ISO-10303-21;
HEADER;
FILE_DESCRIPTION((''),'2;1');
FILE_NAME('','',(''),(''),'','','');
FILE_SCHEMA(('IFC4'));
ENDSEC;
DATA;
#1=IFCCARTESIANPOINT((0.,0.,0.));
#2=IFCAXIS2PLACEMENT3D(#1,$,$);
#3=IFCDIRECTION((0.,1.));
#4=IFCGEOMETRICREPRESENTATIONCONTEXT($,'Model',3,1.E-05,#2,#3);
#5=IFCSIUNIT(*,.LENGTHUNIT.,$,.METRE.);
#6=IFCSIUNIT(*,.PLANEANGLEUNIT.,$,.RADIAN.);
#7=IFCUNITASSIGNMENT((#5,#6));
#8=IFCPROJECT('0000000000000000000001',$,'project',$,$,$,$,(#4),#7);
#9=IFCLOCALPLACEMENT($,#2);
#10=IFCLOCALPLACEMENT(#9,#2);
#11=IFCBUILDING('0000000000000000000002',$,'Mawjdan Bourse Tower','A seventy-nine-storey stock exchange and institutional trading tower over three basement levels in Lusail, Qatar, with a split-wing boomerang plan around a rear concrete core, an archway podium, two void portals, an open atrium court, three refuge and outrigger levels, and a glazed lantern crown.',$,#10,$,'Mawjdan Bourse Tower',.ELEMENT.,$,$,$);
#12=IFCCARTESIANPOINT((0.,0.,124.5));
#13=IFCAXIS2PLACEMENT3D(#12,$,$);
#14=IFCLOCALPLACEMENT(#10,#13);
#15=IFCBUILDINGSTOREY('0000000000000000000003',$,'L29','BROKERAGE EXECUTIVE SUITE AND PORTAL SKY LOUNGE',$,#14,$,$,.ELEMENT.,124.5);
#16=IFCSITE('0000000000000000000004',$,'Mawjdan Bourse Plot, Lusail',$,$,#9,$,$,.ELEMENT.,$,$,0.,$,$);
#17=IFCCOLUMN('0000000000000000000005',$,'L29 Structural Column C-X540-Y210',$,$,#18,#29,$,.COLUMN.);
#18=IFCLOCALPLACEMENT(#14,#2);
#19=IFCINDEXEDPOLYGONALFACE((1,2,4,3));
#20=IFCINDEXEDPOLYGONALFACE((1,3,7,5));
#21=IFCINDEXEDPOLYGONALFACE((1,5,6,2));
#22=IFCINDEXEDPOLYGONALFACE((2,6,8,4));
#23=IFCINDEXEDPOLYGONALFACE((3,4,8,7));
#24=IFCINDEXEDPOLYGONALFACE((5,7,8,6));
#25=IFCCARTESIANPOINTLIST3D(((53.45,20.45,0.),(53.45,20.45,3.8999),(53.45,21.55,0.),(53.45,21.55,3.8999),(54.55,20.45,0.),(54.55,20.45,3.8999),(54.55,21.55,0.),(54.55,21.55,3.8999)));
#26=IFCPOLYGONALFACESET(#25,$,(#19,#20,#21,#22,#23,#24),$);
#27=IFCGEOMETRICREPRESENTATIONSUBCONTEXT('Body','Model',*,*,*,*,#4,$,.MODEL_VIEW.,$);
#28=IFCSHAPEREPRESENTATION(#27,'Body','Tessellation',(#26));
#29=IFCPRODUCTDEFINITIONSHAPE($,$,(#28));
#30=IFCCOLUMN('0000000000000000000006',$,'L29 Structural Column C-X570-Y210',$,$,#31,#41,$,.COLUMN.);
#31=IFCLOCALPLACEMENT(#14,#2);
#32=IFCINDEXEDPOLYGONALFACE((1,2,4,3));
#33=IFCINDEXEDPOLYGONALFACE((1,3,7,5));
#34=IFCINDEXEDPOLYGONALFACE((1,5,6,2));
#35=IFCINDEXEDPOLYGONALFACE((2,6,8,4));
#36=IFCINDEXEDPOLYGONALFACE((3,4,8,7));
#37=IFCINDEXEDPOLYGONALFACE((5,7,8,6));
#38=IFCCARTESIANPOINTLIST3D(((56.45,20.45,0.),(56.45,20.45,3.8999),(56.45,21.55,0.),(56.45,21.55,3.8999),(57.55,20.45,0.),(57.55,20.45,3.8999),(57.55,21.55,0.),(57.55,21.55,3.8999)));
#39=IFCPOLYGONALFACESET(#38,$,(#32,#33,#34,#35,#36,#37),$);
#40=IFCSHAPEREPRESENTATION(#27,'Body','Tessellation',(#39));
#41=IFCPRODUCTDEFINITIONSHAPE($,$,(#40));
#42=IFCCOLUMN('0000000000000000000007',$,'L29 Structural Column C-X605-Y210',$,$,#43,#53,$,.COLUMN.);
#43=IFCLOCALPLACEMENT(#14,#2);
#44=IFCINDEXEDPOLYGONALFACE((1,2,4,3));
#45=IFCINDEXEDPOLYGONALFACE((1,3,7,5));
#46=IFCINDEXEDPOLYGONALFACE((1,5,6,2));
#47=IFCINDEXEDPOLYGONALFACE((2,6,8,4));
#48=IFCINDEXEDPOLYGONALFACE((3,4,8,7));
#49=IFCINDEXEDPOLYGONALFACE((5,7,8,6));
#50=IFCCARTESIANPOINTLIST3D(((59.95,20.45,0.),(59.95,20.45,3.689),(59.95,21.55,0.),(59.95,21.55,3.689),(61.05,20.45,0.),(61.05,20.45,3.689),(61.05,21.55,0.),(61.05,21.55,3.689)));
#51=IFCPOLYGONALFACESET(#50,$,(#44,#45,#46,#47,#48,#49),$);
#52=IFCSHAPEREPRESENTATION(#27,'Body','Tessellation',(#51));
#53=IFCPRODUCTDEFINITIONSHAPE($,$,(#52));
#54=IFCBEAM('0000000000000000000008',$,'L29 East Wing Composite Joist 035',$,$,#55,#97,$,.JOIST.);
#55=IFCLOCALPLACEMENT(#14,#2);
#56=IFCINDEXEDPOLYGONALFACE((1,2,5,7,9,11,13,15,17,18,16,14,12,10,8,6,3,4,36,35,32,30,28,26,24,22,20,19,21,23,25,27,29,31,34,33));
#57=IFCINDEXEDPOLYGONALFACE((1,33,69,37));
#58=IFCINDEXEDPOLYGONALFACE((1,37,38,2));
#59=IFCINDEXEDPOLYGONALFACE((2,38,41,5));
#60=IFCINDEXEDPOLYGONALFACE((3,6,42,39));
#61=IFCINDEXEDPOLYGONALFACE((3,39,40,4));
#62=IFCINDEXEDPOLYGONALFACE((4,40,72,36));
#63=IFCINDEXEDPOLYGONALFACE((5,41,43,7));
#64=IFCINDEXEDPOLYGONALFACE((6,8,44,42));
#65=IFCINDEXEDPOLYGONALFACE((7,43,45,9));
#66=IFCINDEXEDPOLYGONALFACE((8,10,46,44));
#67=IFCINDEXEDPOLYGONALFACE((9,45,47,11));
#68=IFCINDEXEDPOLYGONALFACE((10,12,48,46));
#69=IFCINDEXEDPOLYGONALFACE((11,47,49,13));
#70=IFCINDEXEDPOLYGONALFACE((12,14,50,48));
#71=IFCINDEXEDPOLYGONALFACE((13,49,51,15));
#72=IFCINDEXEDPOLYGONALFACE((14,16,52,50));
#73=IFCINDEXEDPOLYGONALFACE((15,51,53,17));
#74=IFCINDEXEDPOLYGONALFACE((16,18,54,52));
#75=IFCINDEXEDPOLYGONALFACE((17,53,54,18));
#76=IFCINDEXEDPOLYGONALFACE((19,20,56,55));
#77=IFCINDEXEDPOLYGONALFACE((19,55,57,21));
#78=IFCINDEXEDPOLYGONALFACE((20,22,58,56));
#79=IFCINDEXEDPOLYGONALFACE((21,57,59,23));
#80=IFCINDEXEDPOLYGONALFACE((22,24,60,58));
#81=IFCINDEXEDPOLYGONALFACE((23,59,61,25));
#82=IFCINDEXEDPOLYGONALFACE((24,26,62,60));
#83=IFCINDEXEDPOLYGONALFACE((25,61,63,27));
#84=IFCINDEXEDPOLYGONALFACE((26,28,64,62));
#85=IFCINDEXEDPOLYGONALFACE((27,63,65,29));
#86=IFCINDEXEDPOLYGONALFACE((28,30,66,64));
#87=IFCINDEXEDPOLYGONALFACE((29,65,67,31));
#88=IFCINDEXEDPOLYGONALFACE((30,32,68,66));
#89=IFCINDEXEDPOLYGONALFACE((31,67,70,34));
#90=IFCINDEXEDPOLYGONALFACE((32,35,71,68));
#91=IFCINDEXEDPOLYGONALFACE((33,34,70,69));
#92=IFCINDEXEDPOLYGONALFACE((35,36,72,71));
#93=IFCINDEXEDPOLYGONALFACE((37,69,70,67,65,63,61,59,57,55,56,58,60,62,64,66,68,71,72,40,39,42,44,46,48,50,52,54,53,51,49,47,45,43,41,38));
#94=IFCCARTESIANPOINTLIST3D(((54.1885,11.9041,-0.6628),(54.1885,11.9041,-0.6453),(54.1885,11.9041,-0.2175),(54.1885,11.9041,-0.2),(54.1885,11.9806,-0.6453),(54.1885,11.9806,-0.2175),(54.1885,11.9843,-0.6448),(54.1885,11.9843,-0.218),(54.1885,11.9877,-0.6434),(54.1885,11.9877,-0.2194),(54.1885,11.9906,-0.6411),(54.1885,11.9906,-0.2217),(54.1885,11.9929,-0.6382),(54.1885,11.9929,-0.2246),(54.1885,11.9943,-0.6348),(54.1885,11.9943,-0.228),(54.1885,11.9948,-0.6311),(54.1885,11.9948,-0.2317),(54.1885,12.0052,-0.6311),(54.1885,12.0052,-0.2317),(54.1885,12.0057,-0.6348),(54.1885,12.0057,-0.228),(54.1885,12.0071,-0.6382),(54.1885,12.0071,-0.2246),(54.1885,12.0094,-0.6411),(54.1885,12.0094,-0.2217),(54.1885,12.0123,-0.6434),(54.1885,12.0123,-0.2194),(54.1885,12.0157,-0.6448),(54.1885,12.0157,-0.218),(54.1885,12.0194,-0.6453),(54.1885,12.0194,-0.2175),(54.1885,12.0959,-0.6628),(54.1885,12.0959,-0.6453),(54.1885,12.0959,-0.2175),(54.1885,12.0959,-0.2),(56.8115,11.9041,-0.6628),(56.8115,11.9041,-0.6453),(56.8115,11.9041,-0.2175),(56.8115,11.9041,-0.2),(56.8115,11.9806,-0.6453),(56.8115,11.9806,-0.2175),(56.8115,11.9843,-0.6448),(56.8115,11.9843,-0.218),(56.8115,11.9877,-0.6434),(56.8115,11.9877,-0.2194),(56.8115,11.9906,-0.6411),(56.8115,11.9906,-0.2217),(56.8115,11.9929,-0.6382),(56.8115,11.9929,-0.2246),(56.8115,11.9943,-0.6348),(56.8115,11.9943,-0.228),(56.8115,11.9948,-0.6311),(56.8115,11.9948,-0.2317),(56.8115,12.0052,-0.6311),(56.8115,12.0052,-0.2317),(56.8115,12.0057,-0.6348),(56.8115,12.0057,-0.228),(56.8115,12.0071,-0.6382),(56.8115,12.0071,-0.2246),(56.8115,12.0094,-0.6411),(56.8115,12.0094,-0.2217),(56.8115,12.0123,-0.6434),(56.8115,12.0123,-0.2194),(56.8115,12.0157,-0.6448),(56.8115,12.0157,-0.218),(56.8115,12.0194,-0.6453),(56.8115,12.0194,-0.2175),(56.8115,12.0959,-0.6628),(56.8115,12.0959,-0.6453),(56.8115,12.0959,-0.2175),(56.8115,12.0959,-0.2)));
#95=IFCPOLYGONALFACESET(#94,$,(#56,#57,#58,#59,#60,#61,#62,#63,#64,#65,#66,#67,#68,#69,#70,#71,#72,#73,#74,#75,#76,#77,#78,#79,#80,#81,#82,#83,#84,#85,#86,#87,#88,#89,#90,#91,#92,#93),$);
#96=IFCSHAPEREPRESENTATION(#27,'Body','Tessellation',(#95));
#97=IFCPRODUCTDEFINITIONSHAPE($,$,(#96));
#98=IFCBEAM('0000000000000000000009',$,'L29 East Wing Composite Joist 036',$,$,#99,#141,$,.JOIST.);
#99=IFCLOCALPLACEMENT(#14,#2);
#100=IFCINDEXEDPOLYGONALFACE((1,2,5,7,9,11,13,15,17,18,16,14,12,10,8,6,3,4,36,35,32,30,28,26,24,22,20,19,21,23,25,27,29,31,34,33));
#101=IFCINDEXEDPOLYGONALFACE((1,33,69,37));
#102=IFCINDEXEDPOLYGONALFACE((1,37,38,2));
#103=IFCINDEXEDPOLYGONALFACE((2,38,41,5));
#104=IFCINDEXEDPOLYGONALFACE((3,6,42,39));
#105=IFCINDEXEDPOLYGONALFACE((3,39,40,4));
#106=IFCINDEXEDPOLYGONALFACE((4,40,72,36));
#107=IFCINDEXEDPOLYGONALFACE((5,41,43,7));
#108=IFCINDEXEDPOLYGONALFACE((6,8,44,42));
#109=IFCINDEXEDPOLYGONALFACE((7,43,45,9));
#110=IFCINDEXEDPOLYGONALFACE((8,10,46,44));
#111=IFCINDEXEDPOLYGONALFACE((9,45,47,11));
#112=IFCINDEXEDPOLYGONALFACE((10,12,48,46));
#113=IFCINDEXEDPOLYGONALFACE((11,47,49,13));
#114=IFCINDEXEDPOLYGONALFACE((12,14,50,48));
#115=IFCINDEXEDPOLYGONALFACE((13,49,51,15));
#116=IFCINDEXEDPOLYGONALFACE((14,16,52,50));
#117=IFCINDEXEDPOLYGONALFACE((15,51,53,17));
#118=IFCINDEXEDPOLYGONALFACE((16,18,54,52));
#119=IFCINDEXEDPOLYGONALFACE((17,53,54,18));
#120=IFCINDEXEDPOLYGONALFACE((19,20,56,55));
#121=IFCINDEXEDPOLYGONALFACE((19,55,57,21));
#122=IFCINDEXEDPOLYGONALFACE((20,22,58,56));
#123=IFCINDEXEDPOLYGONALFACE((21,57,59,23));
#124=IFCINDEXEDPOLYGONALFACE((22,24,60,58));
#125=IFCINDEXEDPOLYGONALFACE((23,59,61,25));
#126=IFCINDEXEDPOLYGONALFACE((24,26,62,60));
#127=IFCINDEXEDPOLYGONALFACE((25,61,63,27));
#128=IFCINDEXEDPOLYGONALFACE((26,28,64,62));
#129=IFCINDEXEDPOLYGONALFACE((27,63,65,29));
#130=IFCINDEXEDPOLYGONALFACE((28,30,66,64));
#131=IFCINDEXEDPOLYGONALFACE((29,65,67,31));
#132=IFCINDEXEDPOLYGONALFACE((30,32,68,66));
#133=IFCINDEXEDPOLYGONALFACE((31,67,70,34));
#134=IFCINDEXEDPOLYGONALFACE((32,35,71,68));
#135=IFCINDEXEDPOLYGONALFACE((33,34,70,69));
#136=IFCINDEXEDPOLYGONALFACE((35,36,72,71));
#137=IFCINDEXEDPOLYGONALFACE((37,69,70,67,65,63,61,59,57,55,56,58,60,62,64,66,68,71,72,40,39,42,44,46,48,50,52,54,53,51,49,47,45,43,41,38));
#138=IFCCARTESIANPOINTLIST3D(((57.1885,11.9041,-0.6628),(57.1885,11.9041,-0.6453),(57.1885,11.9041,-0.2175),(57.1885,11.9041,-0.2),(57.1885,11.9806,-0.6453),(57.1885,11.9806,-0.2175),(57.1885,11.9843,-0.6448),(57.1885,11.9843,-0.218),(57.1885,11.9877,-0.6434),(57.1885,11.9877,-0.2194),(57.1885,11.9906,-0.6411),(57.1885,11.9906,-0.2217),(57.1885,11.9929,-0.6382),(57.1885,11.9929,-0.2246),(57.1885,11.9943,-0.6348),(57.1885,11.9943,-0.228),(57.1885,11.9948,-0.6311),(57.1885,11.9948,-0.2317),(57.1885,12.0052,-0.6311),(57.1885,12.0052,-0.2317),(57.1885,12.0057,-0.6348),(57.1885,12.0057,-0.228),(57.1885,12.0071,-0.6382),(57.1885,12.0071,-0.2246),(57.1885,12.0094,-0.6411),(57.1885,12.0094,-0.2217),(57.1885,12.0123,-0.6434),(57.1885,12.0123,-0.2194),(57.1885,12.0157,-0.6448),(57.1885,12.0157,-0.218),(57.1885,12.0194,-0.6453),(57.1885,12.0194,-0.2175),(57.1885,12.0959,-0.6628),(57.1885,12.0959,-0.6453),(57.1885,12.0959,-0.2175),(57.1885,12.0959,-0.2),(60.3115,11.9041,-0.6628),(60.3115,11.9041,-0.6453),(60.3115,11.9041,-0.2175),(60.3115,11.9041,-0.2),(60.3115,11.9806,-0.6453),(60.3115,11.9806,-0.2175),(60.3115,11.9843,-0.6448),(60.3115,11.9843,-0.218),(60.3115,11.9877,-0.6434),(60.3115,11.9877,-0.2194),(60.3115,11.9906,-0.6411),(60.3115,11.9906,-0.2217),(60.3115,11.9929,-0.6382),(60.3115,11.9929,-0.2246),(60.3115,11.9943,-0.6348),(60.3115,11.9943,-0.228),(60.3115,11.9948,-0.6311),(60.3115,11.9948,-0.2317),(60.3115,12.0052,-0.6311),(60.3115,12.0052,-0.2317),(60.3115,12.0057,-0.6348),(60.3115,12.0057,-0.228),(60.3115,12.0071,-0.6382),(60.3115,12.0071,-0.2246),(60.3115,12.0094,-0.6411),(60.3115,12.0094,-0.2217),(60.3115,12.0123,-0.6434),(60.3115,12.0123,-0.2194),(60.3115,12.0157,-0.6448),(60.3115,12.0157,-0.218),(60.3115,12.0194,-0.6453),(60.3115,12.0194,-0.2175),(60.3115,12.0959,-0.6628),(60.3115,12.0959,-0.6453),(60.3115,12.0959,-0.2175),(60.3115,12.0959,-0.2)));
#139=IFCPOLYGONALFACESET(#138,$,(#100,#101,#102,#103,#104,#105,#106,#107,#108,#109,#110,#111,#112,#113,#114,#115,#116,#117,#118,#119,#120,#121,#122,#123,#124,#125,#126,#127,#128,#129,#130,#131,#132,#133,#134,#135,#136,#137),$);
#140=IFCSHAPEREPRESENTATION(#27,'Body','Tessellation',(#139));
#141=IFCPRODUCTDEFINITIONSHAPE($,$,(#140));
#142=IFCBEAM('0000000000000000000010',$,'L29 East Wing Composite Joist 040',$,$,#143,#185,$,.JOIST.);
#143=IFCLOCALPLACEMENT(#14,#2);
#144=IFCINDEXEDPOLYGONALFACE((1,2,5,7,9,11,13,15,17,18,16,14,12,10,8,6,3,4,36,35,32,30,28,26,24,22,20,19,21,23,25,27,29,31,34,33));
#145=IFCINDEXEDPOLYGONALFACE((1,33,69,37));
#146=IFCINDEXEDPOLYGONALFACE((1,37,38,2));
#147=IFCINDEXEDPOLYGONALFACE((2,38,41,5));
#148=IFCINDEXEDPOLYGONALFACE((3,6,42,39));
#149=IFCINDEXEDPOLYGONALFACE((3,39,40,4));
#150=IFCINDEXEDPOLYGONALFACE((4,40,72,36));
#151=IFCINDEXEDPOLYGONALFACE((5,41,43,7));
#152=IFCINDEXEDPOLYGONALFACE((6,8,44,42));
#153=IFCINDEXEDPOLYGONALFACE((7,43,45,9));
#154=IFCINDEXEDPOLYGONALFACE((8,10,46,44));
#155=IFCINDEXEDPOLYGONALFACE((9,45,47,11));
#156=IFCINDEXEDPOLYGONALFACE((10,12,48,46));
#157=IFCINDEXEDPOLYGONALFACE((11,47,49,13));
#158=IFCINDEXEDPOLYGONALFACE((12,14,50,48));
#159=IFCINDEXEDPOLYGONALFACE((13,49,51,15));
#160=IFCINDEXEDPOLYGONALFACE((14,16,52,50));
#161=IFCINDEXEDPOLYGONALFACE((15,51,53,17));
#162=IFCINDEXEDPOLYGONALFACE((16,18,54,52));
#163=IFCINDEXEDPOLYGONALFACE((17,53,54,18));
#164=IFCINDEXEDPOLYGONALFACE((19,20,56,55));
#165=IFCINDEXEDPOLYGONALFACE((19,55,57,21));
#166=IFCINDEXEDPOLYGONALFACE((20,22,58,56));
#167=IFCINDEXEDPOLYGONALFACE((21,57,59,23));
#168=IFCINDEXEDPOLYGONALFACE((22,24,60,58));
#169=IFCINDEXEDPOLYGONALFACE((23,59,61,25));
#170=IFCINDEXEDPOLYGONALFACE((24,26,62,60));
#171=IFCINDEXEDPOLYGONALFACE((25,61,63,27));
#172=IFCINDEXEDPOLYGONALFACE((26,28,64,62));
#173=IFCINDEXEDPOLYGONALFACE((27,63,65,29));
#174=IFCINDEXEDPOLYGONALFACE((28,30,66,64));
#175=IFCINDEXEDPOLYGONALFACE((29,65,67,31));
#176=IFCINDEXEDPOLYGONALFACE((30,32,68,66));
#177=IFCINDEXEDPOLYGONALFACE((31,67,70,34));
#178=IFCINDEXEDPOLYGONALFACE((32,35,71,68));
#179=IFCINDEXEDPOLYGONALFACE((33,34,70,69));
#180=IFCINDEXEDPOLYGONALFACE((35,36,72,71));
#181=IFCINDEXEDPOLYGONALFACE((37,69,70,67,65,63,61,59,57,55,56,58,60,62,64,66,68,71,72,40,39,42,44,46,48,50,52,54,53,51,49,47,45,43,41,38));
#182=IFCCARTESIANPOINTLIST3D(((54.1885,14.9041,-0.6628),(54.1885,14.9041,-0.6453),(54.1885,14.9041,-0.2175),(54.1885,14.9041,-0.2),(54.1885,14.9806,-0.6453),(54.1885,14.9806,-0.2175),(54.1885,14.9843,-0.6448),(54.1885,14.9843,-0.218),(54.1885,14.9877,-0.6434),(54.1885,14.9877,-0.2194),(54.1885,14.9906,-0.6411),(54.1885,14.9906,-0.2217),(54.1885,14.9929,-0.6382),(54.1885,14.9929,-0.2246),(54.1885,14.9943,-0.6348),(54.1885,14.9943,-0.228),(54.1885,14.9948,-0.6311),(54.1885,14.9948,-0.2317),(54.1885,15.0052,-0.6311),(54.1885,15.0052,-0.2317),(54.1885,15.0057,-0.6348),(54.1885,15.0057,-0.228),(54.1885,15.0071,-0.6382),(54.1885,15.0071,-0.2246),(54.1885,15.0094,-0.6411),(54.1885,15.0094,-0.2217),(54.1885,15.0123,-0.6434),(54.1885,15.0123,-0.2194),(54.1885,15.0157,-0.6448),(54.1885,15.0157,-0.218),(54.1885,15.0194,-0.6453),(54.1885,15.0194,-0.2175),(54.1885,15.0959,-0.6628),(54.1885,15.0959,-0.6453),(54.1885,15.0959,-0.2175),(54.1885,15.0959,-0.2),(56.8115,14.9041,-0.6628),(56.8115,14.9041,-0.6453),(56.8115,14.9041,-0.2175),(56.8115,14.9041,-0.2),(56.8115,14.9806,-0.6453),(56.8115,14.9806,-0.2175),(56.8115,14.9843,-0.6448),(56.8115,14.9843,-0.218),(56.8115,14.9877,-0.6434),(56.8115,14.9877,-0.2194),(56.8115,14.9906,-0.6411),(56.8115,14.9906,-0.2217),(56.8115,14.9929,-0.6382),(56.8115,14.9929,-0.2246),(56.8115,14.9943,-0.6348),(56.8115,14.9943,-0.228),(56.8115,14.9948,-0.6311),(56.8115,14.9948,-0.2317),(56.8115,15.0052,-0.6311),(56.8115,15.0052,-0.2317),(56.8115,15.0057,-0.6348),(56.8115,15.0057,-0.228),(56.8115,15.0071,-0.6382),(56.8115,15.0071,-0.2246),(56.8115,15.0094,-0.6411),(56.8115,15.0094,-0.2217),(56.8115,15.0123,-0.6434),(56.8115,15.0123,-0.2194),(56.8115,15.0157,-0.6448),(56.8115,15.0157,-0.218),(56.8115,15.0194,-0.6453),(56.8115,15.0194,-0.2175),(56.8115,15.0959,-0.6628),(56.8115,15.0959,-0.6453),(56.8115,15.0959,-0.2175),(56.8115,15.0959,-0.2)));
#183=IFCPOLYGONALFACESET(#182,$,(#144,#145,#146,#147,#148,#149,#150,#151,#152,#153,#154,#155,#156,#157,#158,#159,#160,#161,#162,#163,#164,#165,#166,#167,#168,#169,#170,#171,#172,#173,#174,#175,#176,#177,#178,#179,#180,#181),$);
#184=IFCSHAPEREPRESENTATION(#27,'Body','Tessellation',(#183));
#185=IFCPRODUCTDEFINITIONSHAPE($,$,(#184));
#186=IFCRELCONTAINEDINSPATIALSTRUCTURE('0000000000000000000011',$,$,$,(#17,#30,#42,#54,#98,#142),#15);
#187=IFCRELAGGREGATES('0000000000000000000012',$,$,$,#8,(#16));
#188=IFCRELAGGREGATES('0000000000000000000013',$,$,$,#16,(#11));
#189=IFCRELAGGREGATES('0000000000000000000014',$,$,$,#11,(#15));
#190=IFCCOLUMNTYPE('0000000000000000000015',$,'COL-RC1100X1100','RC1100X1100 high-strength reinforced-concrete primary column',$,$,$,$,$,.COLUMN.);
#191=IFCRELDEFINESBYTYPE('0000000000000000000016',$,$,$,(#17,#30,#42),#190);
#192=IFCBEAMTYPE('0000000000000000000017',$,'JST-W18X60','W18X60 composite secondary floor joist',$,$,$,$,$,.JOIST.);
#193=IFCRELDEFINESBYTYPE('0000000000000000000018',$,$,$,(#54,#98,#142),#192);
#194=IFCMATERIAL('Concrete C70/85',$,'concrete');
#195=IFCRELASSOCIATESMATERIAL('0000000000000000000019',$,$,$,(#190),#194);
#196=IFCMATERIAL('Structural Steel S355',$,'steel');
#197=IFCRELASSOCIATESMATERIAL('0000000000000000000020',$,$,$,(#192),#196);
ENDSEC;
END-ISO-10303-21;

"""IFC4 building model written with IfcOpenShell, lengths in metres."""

from ifc_helpers import new_model, si_unit, direction, frame, origin, origin_2d, place, context, subcontext, project, spatial, rectangle, i_section, extrude, material, material_profile, profile_set, type_object, element, save


model = new_model("IFC4")

# Units and contexts
model_context = context("Model", 3, precision=1e-05, world=origin(), true_north=direction((0.0, 1.0)))
body_context = subcontext(model_context, "Body", "Model", "MODEL_VIEW")
ifc_project = project(units=[si_unit("LENGTHUNIT", "METRE"), si_unit("PLANEANGLEUNIT", "RADIAN")], contexts=[model_context])

# Site, building, storey
site_placement = place(None, origin())
site = spatial("IfcSite", under=ifc_project, at=site_placement, Name="Mawjdan Bourse Plot, Lusail", CompositionType="ELEMENT", RefElevation=0.0)
building_placement = place(site_placement, origin())
building = spatial("IfcBuilding", under=site, at=building_placement, Name="Mawjdan Bourse Tower", Description="A seventy-nine-storey stock exchange and institutional trading tower over three basement levels in Lusail, Qatar, with a split-wing boomerang plan around a rear concrete core, an archway podium, two void portals, an open atrium court, three refuge and outrigger levels, and a glazed lantern crown.", LongName="Mawjdan Bourse Tower", CompositionType="ELEMENT")
storey_placement = place(building_placement, frame((0.0, 0.0, 124.5)))
storey = spatial("IfcBuildingStorey", under=building, at=storey_placement, Name="L29", Description="BROKERAGE EXECUTIVE SUITE AND PORTAL SKY LOUNGE", CompositionType="ELEMENT", Elevation=124.5)

# Columns
ifc_material_1 = material(Name="Concrete C70/85", Category="concrete")
ifc_material_profile_1 = material_profile(ifc_material_1, rectangle(XDim=1.1001, YDim=1.1001, at=origin_2d()), Name="RC1100X1100")
ifc_profile_set_1 = profile_set([ifc_material_profile_1], Name="Concrete C70/85")
column_type = type_object("IfcColumnType", Name="COL-RC1100X1100", Description="RC1100X1100 high-strength reinforced-concrete primary column", PredefinedType="COLUMN", material=ifc_profile_set_1)
for number, where, z_axis, x_axis, name in (
    (1, (54.0, 21.0, 0.0), (0.0, 0.0, 1.0), (1.0, 0.0, 0.0), "L29 Structural Column C-X540-Y210"),
    (2, (57.0, 21.0, 0.0), (0.0, 0.0, 1.0), (1.0, 0.0, 0.0), "L29 Structural Column C-X570-Y210"),
):
    element("IfcColumn", number, at=place(storey_placement, frame(where, z_axis=z_axis, x_axis=x_axis)), inside=storey, type_object=column_type, Name=name, PredefinedType="COLUMN", context=body_context, shape_type="SweptSolid", body=[
        extrude(rectangle(XDim=1.1001, YDim=1.1001, at=origin_2d()), origin(), (0.0, 0.0, 1.0), 3.8999),
    ])
column_placement = place(storey_placement, frame((60.5, 21.0, 0.0), z_axis=(0.0, 0.0, 1.0), x_axis=(1.0, 0.0, 0.0)))
element("IfcColumn", 3, at=column_placement, inside=storey, type_object=column_type, Name="L29 Structural Column C-X605-Y210", PredefinedType="COLUMN", context=body_context, shape_type="SweptSolid", body=[
    extrude(rectangle(XDim=1.1001, YDim=1.1001, at=origin_2d()), origin(), (0.0, 0.0, 1.0), 3.689),
])

# Beams
ifc_material_2 = material(Name="Structural Steel S355", Category="steel")
ifc_material_profile_2 = material_profile(ifc_material_2, i_section(OverallWidth=0.1919, OverallDepth=0.4629, WebThickness=0.0105, FlangeThickness=0.0176, FilletRadius=0.0142, at=origin_2d()), Name="W18X60")
ifc_profile_set_2 = profile_set([ifc_material_profile_2], Name="Structural Steel S355")
beam_type_1 = type_object("IfcBeamType", Name="JST-W18X60", Description="W18X60 composite secondary floor joist", PredefinedType="JOIST", material=ifc_profile_set_2)
beam_1_placement = place(storey_placement, frame((54.1885, 12.0, -0.4314), z_axis=(1.0, 0.0, 0.0), x_axis=(0.0, 1.0, 0.0)))
element("IfcBeam", 4, at=beam_1_placement, inside=storey, type_object=beam_type_1, Name="L29 East Wing Composite Joist 035", PredefinedType="JOIST", context=body_context, shape_type="SweptSolid", body=[
    extrude(i_section(OverallWidth=0.1919, OverallDepth=0.4629, WebThickness=0.0105, FlangeThickness=0.0176, FilletRadius=0.0142, at=origin_2d()), origin(), (0.0, 0.0, 1.0), 2.623),
])
beam_2_placement = place(storey_placement, frame((57.1885, 12.0, -0.4314), z_axis=(1.0, 0.0, 0.0), x_axis=(0.0, 1.0, 0.0)))
element("IfcBeam", 5, at=beam_2_placement, inside=storey, type_object=beam_type_1, Name="L29 East Wing Composite Joist 036", PredefinedType="JOIST", context=body_context, shape_type="SweptSolid", body=[
    extrude(i_section(OverallWidth=0.1919, OverallDepth=0.4629, WebThickness=0.0105, FlangeThickness=0.0176, FilletRadius=0.0142, at=origin_2d()), origin(), (0.0, 0.0, 1.0), 3.123),
])
beam_3_placement = place(storey_placement, frame((54.1885, 15.0, -0.4314), z_axis=(1.0, 0.0, 0.0), x_axis=(0.0, 1.0, 0.0)))
element("IfcBeam", 6, at=beam_3_placement, inside=storey, type_object=beam_type_1, Name="L29 East Wing Composite Joist 040", PredefinedType="JOIST", context=body_context, shape_type="SweptSolid", body=[
    extrude(i_section(OverallWidth=0.1919, OverallDepth=0.4629, WebThickness=0.0105, FlangeThickness=0.0176, FilletRadius=0.0142, at=origin_2d()), origin(), (0.0, 0.0, 1.0), 2.623),
])

save(model, "model.ifc")
